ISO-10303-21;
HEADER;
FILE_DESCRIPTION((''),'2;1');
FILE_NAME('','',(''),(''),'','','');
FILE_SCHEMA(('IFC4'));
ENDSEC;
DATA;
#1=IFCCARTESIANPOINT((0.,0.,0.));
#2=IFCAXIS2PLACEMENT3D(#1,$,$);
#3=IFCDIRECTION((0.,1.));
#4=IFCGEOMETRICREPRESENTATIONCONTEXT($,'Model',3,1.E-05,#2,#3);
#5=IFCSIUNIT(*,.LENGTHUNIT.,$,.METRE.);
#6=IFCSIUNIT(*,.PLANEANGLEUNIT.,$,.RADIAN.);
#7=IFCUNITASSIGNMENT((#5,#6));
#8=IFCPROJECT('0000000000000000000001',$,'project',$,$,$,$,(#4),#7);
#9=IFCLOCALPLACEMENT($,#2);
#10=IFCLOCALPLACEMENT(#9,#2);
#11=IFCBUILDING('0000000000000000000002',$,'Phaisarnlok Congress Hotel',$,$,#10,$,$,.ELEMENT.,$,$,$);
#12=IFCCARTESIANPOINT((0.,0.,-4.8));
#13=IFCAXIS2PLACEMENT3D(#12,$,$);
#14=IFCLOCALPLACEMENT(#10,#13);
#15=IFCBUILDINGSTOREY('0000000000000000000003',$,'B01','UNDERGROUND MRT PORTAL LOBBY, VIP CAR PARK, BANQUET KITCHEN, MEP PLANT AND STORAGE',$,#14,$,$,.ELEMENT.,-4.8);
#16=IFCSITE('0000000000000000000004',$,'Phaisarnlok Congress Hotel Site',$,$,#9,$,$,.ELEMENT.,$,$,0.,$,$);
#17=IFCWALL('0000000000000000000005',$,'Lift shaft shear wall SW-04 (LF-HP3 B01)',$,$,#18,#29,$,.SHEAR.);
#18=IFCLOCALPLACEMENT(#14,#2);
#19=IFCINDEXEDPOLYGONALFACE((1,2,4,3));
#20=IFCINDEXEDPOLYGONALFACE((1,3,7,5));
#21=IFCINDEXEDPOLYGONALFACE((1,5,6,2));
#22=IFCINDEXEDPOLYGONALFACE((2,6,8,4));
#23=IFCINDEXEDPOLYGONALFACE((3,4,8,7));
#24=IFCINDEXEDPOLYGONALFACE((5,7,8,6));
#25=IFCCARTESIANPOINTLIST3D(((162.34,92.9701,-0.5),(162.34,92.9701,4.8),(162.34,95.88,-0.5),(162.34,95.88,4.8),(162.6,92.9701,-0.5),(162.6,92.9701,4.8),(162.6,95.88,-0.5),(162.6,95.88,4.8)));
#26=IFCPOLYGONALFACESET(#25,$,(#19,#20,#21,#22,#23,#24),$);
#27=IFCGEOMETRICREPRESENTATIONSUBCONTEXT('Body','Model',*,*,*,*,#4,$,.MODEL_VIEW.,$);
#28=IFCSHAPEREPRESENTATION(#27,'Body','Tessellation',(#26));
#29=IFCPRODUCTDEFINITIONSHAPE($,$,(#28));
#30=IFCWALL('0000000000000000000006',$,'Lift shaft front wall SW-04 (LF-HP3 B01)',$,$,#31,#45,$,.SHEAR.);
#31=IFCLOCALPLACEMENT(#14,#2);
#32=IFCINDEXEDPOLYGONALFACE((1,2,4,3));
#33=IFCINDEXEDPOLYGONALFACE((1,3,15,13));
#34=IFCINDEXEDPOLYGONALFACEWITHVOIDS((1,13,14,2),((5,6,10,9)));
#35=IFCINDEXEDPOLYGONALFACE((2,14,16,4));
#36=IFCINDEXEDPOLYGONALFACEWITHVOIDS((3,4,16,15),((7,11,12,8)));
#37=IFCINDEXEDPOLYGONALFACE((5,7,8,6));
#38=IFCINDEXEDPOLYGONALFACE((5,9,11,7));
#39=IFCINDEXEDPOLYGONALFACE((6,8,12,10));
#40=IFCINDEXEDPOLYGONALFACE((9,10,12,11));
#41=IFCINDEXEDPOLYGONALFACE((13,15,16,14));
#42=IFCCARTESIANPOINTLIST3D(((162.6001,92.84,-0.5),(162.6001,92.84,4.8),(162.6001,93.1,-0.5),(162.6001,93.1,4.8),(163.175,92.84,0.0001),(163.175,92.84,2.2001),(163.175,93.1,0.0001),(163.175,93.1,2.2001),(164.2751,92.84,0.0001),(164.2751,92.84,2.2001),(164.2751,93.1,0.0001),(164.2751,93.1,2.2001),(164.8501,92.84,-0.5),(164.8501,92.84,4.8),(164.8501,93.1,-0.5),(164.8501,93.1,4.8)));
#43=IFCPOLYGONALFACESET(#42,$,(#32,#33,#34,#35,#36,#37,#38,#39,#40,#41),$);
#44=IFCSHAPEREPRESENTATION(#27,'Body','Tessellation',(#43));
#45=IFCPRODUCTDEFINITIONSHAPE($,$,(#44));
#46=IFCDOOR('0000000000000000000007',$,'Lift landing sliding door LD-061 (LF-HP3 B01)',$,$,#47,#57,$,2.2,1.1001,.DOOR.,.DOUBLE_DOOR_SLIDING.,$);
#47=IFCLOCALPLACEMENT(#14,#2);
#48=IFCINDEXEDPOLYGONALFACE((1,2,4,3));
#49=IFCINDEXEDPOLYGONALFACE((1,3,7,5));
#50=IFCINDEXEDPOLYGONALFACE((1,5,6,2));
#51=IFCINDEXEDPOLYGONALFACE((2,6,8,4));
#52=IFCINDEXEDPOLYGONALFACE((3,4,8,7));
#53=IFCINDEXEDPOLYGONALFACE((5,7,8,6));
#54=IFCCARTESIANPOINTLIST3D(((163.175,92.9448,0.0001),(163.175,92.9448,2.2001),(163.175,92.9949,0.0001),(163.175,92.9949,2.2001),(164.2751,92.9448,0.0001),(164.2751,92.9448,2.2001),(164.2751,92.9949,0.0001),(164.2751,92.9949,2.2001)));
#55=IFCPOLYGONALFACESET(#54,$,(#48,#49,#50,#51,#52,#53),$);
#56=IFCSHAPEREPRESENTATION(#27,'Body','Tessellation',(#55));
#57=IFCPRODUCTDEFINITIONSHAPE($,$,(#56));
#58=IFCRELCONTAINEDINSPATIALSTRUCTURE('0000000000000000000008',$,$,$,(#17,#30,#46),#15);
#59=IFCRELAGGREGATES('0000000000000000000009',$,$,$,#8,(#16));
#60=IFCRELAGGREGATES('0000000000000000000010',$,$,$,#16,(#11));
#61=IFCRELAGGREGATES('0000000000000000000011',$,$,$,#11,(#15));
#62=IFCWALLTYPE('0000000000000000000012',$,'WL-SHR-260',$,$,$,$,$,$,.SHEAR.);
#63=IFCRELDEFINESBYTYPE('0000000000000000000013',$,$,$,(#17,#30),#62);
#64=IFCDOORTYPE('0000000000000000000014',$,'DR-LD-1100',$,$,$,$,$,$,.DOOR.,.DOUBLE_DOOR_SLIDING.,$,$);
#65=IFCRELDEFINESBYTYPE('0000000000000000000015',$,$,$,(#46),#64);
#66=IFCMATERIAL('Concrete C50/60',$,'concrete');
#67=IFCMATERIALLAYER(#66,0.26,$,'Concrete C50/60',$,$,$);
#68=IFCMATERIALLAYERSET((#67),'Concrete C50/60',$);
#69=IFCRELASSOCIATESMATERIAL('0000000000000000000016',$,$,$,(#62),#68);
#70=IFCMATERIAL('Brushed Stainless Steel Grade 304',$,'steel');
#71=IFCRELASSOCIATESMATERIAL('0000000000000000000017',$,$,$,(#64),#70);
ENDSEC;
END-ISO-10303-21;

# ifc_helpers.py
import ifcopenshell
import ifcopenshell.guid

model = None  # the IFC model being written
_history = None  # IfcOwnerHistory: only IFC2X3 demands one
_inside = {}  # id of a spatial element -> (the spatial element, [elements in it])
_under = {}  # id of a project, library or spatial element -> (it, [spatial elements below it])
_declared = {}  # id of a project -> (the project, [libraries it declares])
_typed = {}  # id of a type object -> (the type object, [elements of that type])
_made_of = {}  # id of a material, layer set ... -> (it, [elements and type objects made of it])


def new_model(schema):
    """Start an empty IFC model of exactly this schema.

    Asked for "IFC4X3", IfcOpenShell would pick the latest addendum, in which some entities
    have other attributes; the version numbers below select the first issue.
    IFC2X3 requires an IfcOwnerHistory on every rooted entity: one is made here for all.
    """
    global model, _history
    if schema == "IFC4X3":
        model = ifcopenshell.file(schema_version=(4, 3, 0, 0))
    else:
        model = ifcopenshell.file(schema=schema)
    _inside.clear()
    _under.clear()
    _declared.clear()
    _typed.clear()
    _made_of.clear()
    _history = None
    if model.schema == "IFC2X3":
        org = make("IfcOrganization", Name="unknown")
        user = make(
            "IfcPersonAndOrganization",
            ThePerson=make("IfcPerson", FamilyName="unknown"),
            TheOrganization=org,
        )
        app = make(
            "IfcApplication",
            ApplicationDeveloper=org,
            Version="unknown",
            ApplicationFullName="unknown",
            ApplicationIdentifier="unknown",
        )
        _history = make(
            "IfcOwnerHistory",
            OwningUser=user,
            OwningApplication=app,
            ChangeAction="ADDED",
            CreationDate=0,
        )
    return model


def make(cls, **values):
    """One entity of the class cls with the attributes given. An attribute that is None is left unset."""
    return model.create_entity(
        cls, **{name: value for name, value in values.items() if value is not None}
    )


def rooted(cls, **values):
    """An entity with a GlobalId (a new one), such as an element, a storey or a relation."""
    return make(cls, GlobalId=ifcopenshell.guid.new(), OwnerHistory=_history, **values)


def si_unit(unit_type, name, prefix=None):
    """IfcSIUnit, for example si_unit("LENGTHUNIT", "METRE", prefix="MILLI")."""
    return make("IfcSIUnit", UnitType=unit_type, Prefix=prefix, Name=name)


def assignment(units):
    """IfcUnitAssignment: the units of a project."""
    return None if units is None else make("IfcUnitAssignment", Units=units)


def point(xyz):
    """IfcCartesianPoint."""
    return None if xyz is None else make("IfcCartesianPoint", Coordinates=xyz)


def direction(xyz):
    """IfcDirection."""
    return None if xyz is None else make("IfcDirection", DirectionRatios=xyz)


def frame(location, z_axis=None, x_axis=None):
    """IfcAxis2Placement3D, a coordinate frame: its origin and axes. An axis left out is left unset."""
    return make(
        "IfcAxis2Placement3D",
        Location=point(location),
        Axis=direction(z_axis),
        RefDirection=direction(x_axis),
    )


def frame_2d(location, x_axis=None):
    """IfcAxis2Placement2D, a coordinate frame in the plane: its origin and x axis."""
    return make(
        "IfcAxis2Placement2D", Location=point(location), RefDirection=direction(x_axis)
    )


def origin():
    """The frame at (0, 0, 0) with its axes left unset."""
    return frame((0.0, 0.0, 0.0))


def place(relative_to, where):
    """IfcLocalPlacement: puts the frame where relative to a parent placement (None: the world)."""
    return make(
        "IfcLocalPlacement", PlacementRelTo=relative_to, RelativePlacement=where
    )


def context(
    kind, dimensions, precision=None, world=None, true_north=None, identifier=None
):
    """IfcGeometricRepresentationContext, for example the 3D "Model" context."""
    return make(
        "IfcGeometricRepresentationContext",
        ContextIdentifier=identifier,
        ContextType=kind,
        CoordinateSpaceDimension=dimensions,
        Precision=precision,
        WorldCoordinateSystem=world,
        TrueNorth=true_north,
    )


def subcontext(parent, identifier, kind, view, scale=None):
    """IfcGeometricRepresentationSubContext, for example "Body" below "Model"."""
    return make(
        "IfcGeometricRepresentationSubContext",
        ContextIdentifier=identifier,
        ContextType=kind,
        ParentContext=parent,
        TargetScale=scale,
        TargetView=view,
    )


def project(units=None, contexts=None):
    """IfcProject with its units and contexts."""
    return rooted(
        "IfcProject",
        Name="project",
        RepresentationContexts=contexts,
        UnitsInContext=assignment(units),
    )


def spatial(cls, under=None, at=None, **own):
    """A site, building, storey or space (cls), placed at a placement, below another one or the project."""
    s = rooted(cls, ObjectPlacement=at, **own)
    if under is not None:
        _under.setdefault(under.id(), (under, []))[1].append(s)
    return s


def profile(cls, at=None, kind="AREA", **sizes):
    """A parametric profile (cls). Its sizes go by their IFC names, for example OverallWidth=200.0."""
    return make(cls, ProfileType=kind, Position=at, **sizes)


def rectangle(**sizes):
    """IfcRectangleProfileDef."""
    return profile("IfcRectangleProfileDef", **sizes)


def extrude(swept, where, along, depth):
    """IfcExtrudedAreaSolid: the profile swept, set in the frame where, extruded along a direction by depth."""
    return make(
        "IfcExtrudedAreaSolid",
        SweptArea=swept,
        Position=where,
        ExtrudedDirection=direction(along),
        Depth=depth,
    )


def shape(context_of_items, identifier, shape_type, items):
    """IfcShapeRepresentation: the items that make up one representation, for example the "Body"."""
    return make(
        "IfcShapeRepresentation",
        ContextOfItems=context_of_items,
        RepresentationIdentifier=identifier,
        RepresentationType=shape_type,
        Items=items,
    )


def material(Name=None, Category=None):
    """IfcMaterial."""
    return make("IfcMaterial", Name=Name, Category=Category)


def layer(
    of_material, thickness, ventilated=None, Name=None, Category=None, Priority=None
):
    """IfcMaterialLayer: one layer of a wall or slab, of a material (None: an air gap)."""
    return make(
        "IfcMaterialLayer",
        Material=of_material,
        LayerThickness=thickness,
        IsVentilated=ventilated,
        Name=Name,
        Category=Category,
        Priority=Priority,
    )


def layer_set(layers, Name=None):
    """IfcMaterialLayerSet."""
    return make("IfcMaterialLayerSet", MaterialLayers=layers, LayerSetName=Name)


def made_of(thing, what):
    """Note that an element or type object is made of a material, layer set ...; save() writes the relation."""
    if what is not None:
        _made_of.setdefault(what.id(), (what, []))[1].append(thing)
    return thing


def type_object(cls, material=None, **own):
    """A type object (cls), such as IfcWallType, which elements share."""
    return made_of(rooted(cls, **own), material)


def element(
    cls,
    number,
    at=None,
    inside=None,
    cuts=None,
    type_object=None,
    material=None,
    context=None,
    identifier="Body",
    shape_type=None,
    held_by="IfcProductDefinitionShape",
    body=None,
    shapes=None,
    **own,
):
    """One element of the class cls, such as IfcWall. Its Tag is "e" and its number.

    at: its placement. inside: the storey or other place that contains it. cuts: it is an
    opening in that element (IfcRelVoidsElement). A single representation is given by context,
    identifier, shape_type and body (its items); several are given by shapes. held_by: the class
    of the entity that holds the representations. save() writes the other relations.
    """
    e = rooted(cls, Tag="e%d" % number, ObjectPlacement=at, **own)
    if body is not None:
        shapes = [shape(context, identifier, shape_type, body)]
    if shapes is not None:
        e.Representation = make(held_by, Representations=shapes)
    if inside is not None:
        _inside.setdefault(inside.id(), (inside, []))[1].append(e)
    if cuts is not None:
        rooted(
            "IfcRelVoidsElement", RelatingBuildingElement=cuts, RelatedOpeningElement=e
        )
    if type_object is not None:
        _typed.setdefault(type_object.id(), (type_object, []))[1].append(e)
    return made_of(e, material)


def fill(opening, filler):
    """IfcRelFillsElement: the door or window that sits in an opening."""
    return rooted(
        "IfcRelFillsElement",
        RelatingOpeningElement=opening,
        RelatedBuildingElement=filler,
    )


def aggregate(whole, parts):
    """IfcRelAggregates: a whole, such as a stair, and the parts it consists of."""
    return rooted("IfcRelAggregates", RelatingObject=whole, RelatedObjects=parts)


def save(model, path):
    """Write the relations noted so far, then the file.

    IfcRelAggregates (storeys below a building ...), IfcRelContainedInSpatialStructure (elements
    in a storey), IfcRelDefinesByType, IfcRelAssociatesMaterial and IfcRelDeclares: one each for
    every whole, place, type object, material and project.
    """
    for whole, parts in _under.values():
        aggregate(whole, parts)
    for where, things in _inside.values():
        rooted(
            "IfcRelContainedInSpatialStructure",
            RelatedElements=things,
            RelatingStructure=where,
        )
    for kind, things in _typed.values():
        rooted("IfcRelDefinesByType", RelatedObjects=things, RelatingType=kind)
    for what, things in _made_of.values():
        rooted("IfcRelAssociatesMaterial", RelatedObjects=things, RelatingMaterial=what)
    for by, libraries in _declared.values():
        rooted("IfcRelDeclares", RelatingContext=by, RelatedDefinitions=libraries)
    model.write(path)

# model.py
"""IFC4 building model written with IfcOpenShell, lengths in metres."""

from ifc_helpers import new_model, si_unit, direction, frame, frame_2d, origin, place, context, subcontext, project, spatial, rectangle, extrude, material, layer, layer_set, type_object, element, fill, save


model = new_model("IFC4")

# Units and contexts
model_context = context("Model", 3, precision=1e-05, world=origin(), true_north=direction((0.0, 1.0)))
body_context = subcontext(model_context, "Body", "Model", "MODEL_VIEW")
ifc_project = project(units=[si_unit("LENGTHUNIT", "METRE"), si_unit("PLANEANGLEUNIT", "RADIAN")], contexts=[model_context])

# Site, building, storey
site_placement = place(None, origin())
site = spatial("IfcSite", under=ifc_project, at=site_placement, Name="Phaisarnlok Congress Hotel Site", CompositionType="ELEMENT", RefElevation=0.0)
building_placement = place(site_placement, origin())
building = spatial("IfcBuilding", under=site, at=building_placement, Name="Phaisarnlok Congress Hotel", CompositionType="ELEMENT")
storey_placement = place(building_placement, frame((0.0, 0.0, -4.8)))
storey = spatial("IfcBuildingStorey", under=building, at=storey_placement, Name="B01", Description="UNDERGROUND MRT PORTAL LOBBY, VIP CAR PARK, BANQUET KITCHEN, MEP PLANT AND STORAGE", CompositionType="ELEMENT", Elevation=-4.8)

# Shared definitions
ifc_material_1 = material(Name="Concrete C50/60", Category="concrete")

# Wall
ifc_layer_1 = layer(ifc_material_1, 0.26, Name="Concrete C50/60")
ifc_layer_set_1 = layer_set([ifc_layer_1], Name="Concrete C50/60")
wall_type_1 = type_object("IfcWallType", Name="WL-SHR-260", PredefinedType="SHEAR", material=ifc_layer_set_1)
wall_1_placement = place(storey_placement, frame((162.47, 92.97, -0.5), z_axis=(0.0, 0.0, 1.0), x_axis=(0.0, 1.0, 0.0)))
element("IfcWall", 1, at=wall_1_placement, inside=storey, type_object=wall_type_1, Name="Lift shaft shear wall SW-04 (LF-HP3 B01)", PredefinedType="SHEAR", context=body_context, shape_type="SweptSolid", body=[
    extrude(rectangle(XDim=2.9099, YDim=0.26, at=frame_2d((1.4551, 0.0))), origin(), (0.0, 0.0, 1.0), 5.3),
])

# Wall, opening, door
wall_2_placement = place(storey_placement, frame((162.6001, 92.97, -0.5), z_axis=(0.0, 0.0, 1.0), x_axis=(1.0, 0.0, 0.0)))
wall_2 = element("IfcWall", 2, at=wall_2_placement, inside=storey, type_object=wall_type_1, Name="Lift shaft front wall SW-04 (LF-HP3 B01)", PredefinedType="SHEAR", context=body_context, shape_type="SweptSolid", body=[
    extrude(rectangle(XDim=2.25, YDim=0.26, at=frame_2d((1.125, 0.0))), origin(), (0.0, 0.0, 1.0), 5.3),
])
opening_placement = place(wall_2_placement, frame((0.575, 0.0, 0.5)))
opening = element("IfcOpeningElement", 3, at=opening_placement, cuts=wall_2, PredefinedType="OPENING", context=body_context, shape_type="SweptSolid", body=[
    extrude(rectangle(XDim=1.1001, YDim=2.2, at=frame_2d((0.55, 1.1001))), frame((0.0, 0.1401, 0.0), z_axis=(0.0, -1.0, 0.0), x_axis=(1.0, 0.0, 0.0)), (0.0, 0.0, 1.0), 0.28),
])
ifc_material_2 = material(Name="Brushed Stainless Steel Grade 304", Category="steel")
door_type = type_object("IfcDoorType", Name="DR-LD-1100", OperationType="DOUBLE_DOOR_SLIDING", PredefinedType="DOOR", material=ifc_material_2)
door_placement = place(opening_placement, origin())
door = element("IfcDoor", 4, at=door_placement, inside=storey, type_object=door_type, Name="Lift landing sliding door LD-061 (LF-HP3 B01)", OperationType="DOUBLE_DOOR_SLIDING", OverallHeight=2.2, OverallWidth=1.1001, PredefinedType="DOOR", context=body_context, shape_type="SweptSolid", body=[
    extrude(rectangle(XDim=1.1001, YDim=2.2, at=frame_2d((0.55, 1.1001))), frame((0.0, 0.0249, 0.0), z_axis=(0.0, -1.0, 0.0), x_axis=(1.0, 0.0, 0.0)), (0.0, 0.0, 1.0), 0.05),
])
fill(opening, door)

save(model, "model.ifc")
